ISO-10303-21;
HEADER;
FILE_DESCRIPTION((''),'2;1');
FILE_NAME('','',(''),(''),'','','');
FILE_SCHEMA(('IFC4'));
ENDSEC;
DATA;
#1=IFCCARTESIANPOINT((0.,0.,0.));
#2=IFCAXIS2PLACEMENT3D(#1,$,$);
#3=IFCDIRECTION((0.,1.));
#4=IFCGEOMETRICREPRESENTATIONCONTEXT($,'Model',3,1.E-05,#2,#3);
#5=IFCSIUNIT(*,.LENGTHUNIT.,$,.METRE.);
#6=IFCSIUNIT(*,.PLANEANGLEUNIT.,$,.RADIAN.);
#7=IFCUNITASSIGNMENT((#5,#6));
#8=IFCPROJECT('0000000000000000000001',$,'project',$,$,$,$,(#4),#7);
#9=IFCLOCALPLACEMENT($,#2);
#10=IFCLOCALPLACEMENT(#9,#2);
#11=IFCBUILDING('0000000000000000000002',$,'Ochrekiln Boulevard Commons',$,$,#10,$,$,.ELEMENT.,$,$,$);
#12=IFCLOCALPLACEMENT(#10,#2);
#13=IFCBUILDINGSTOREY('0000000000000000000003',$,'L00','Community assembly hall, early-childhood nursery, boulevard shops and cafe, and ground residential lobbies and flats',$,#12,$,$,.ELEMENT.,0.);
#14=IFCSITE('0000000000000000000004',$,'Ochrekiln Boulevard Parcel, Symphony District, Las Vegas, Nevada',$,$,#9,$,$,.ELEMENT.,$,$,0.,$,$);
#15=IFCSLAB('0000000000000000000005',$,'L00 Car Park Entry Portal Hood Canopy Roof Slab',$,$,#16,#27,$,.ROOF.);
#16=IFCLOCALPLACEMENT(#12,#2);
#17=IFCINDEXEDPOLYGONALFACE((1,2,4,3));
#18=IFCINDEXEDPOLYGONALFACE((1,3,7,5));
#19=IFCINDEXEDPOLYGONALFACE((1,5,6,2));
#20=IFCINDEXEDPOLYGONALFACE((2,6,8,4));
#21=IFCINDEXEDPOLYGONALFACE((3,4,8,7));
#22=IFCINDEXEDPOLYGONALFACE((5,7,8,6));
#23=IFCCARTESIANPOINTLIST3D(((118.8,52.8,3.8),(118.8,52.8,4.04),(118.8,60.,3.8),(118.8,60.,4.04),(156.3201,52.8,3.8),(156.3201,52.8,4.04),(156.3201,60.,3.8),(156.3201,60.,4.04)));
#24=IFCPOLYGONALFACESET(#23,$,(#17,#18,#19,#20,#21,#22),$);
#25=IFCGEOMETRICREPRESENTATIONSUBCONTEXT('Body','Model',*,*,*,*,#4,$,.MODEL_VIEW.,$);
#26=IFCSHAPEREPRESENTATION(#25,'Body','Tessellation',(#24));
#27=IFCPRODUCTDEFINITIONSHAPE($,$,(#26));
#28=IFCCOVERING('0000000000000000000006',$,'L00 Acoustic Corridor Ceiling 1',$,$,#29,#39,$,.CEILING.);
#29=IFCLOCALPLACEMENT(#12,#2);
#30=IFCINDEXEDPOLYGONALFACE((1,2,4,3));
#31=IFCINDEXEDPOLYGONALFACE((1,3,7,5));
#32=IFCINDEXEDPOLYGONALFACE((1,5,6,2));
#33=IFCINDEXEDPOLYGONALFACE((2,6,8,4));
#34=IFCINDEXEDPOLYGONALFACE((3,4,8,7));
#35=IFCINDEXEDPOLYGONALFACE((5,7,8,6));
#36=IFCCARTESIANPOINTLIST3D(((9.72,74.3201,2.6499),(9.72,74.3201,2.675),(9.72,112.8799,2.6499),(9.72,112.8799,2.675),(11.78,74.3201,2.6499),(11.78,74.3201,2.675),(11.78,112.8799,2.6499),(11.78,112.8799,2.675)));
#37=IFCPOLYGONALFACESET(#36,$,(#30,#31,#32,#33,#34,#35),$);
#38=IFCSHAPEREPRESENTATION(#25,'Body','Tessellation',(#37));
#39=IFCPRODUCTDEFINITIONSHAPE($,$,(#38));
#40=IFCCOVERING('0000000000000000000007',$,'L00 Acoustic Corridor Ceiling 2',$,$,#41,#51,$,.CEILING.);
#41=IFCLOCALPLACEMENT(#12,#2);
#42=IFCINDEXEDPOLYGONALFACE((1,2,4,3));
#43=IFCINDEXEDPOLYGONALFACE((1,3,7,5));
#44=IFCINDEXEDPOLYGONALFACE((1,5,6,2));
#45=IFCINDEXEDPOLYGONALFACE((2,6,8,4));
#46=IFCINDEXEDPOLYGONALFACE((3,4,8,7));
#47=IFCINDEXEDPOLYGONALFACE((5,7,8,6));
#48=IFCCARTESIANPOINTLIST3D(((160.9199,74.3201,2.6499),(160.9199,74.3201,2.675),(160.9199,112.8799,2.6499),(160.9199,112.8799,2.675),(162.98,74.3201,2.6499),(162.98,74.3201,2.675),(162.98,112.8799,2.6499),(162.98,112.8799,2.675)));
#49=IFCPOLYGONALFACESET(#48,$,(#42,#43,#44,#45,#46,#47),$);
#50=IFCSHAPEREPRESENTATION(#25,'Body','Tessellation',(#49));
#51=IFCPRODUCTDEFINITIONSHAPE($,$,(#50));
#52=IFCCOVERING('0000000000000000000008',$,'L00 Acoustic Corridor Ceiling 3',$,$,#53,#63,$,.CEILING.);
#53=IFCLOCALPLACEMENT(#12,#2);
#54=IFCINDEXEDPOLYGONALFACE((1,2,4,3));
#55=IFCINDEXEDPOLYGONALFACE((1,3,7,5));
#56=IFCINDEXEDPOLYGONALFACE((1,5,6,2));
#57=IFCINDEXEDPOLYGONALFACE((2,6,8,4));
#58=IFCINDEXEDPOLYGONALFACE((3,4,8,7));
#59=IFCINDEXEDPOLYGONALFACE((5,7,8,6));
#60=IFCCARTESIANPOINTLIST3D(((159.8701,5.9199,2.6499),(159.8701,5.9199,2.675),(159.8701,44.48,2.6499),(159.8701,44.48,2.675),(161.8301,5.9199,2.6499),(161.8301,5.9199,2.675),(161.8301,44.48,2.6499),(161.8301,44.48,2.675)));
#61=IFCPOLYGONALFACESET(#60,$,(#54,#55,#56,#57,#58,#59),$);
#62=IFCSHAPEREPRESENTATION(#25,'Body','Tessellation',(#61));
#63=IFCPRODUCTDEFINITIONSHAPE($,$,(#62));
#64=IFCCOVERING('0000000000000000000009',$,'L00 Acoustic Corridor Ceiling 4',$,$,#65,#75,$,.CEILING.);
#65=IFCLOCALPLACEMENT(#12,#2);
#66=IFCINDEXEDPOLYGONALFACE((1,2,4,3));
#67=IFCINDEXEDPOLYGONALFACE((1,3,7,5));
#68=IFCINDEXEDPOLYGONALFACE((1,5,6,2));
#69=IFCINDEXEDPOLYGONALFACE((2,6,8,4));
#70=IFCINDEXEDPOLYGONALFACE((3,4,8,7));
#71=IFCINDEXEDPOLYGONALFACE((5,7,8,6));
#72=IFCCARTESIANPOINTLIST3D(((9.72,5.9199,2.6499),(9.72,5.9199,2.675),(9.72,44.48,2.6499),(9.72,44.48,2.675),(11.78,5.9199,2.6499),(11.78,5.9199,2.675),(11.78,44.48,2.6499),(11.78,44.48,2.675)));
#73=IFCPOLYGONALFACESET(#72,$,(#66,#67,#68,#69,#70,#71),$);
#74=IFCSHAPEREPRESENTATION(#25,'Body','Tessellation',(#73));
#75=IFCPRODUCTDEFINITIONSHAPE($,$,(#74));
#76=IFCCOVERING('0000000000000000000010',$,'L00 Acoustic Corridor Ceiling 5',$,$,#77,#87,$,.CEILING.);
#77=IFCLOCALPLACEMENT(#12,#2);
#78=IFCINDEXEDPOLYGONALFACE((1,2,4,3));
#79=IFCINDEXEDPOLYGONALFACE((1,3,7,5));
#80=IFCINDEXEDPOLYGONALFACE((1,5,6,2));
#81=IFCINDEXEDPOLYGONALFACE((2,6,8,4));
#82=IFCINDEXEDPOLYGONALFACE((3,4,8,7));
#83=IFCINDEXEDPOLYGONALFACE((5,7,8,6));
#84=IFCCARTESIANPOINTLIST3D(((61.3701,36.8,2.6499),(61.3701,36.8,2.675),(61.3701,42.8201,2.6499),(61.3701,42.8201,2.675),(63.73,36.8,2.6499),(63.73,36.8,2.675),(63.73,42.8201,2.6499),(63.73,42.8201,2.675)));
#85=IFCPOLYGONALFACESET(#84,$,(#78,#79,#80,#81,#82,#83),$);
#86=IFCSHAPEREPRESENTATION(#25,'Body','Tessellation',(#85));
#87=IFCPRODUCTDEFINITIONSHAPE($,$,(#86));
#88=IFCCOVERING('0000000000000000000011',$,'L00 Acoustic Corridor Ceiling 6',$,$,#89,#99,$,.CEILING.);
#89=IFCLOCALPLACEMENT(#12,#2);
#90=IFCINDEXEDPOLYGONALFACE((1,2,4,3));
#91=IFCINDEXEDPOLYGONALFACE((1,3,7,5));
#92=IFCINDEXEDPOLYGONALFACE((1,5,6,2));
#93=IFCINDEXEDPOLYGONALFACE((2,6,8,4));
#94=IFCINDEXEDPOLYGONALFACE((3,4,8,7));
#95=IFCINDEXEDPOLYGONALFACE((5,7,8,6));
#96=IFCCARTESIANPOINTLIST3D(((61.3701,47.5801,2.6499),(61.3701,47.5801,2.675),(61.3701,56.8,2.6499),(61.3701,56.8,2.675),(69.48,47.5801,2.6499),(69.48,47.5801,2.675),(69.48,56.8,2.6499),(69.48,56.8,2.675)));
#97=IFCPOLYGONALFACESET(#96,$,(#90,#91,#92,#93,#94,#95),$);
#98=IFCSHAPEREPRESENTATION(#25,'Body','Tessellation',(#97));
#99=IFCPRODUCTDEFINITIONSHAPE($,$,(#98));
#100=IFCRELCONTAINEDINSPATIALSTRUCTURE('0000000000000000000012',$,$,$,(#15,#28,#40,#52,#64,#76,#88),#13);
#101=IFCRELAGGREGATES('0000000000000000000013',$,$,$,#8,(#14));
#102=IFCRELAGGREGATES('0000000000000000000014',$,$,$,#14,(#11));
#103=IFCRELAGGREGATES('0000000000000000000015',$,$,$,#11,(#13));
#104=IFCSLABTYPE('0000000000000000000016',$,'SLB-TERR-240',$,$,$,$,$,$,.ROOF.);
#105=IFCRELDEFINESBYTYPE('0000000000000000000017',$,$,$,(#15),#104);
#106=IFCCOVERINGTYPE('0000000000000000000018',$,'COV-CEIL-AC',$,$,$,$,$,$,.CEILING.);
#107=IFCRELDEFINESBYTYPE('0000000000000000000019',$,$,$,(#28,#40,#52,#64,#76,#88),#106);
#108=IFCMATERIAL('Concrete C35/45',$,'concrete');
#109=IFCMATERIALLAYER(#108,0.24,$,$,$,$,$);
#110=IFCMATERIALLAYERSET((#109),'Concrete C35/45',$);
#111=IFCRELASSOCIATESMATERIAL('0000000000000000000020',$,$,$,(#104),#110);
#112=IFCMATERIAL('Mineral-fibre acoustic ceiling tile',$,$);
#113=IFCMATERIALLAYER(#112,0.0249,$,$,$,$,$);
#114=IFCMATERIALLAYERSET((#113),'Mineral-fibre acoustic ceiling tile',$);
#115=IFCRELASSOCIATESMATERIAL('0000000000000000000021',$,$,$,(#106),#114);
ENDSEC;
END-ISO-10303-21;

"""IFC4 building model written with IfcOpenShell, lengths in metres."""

from ifc_helpers import new_model, si_unit, direction, frame, origin, place, context, subcontext, project, spatial, polyline, outline, extrude, material, layer, layer_set, type_object, element, save


model = new_model("IFC4")

# Units and contexts
model_context = context("Model", 3, precision=1e-05, world=origin(), true_north=direction((0.0, 1.0)))
body_context = subcontext(model_context, "Body", "Model", "MODEL_VIEW")
ifc_project = project(units=[si_unit("LENGTHUNIT", "METRE"), si_unit("PLANEANGLEUNIT", "RADIAN")], contexts=[model_context])

# Site, building, storey
site_placement = place(None, origin())
site = spatial("IfcSite", under=ifc_project, at=site_placement, Name="Ochrekiln Boulevard Parcel, Symphony District, Las Vegas, Nevada", CompositionType="ELEMENT", RefElevation=0.0)
building_placement = place(site_placement, origin())
building = spatial("IfcBuilding", under=site, at=building_placement, Name="Ochrekiln Boulevard Commons", CompositionType="ELEMENT")
storey_placement = place(building_placement, origin())
storey = spatial("IfcBuildingStorey", under=building, at=storey_placement, Name="L00", Description="Community assembly hall, early-childhood nursery, boulevard shops and cafe, and ground residential lobbies and flats", CompositionType="ELEMENT", Elevation=0.0)

# Shared definitions
ifc_material_1 = material(Name="Concrete C35/45", Category="concrete")

# Slab
ifc_layer_1 = layer(ifc_material_1, 0.24)
ifc_layer_set_1 = layer_set([ifc_layer_1], Name="Concrete C35/45")
slab_type_1 = type_object("IfcSlabType", Name="SLB-TERR-240", PredefinedType="ROOF", material=ifc_layer_set_1)
slab_1_placement = place(storey_placement, frame((0.0, 0.0, 3.8)))
element("IfcSlab", 1, at=slab_1_placement, inside=storey, type_object=slab_type_1, Name="L00 Car Park Entry Portal Hood Canopy Roof Slab", PredefinedType="ROOF", context=body_context, shape_type="SweptSolid", body=[
    extrude(outline(polyline([(118.8, 52.8), (156.3201, 52.8), (156.3201, 60.0), (118.8, 60.0), (118.8, 52.8)])), origin(), (0.0, 0.0, 1.0), 0.24),
])

# Coverings
ifc_material_2 = material(Name="Mineral-fibre acoustic ceiling tile")
ifc_layer_2 = layer(ifc_material_2, 0.0249)
ifc_layer_set_2 = layer_set([ifc_layer_2], Name="Mineral-fibre acoustic ceiling tile")
covering_type = type_object("IfcCoveringType", Name="COV-CEIL-AC", PredefinedType="CEILING", material=ifc_layer_set_2)
covering_1_placement = place(storey_placement, frame((0.0, 0.0, 2.6499)))
element("IfcCovering", 2, at=covering_1_placement, inside=storey, type_object=covering_type, Name="L00 Acoustic Corridor Ceiling 1", PredefinedType="CEILING", context=body_context, shape_type="SweptSolid", body=[
    extrude(outline(polyline([(9.72, 74.3201), (11.78, 74.3201), (11.78, 112.8799), (9.72, 112.8799), (9.72, 74.3201)])), origin(), (0.0, 0.0, 1.0), 0.0251),
])
covering_2_placement = place(storey_placement, frame((0.0, 0.0, 2.6499)))
element("IfcCovering", 3, at=covering_2_placement, inside=storey, type_object=covering_type, Name="L00 Acoustic Corridor Ceiling 2", PredefinedType="CEILING", context=body_context, shape_type="SweptSolid", body=[
    extrude(outline(polyline([(160.9199, 74.3201), (162.98, 74.3201), (162.98, 112.8799), (160.9199, 112.8799), (160.9199, 74.3201)])), origin(), (0.0, 0.0, 1.0), 0.0251),
])
covering_3_placement = place(storey_placement, frame((0.0, 0.0, 2.6499)))
element("IfcCovering", 4, at=covering_3_placement, inside=storey, type_object=covering_type, Name="L00 Acoustic Corridor Ceiling 3", PredefinedType="CEILING", context=body_context, shape_type="SweptSolid", body=[
    extrude(outline(polyline([(159.8701, 5.9199), (161.8301, 5.9199), (161.8301, 44.48), (159.8701, 44.48), (159.8701, 5.9199)])), origin(), (0.0, 0.0, 1.0), 0.0251),
])
covering_4_placement = place(storey_placement, frame((0.0, 0.0, 2.6499)))
element("IfcCovering", 5, at=covering_4_placement, inside=storey, type_object=covering_type, Name="L00 Acoustic Corridor Ceiling 4", PredefinedType="CEILING", context=body_context, shape_type="SweptSolid", body=[
    extrude(outline(polyline([(9.72, 5.9199), (11.78, 5.9199), (11.78, 44.48), (9.72, 44.48), (9.72, 5.9199)])), origin(), (0.0, 0.0, 1.0), 0.0251),
])
covering_5_placement = place(storey_placement, frame((0.0, 0.0, 2.6499)))
element("IfcCovering", 6, at=covering_5_placement, inside=storey, type_object=covering_type, Name="L00 Acoustic Corridor Ceiling 5", PredefinedType="CEILING", context=body_context, shape_type="SweptSolid", body=[
    extrude(outline(polyline([(61.3701, 36.8), (63.73, 36.8), (63.73, 42.8201), (61.3701, 42.8201), (61.3701, 36.8)])), origin(), (0.0, 0.0, 1.0), 0.0251),
])
covering_6_placement = place(storey_placement, frame((0.0, 0.0, 2.6499)))
element("IfcCovering", 7, at=covering_6_placement, inside=storey, type_object=covering_type, Name="L00 Acoustic Corridor Ceiling 6", PredefinedType="CEILING", context=body_context, shape_type="SweptSolid", body=[
    extrude(outline(polyline([(61.3701, 47.5801), (69.48, 47.5801), (69.48, 56.8), (61.3701, 56.8), (61.3701, 47.5801)])), origin(), (0.0, 0.0, 1.0), 0.0251),
])

save(model, "model.ifc")
